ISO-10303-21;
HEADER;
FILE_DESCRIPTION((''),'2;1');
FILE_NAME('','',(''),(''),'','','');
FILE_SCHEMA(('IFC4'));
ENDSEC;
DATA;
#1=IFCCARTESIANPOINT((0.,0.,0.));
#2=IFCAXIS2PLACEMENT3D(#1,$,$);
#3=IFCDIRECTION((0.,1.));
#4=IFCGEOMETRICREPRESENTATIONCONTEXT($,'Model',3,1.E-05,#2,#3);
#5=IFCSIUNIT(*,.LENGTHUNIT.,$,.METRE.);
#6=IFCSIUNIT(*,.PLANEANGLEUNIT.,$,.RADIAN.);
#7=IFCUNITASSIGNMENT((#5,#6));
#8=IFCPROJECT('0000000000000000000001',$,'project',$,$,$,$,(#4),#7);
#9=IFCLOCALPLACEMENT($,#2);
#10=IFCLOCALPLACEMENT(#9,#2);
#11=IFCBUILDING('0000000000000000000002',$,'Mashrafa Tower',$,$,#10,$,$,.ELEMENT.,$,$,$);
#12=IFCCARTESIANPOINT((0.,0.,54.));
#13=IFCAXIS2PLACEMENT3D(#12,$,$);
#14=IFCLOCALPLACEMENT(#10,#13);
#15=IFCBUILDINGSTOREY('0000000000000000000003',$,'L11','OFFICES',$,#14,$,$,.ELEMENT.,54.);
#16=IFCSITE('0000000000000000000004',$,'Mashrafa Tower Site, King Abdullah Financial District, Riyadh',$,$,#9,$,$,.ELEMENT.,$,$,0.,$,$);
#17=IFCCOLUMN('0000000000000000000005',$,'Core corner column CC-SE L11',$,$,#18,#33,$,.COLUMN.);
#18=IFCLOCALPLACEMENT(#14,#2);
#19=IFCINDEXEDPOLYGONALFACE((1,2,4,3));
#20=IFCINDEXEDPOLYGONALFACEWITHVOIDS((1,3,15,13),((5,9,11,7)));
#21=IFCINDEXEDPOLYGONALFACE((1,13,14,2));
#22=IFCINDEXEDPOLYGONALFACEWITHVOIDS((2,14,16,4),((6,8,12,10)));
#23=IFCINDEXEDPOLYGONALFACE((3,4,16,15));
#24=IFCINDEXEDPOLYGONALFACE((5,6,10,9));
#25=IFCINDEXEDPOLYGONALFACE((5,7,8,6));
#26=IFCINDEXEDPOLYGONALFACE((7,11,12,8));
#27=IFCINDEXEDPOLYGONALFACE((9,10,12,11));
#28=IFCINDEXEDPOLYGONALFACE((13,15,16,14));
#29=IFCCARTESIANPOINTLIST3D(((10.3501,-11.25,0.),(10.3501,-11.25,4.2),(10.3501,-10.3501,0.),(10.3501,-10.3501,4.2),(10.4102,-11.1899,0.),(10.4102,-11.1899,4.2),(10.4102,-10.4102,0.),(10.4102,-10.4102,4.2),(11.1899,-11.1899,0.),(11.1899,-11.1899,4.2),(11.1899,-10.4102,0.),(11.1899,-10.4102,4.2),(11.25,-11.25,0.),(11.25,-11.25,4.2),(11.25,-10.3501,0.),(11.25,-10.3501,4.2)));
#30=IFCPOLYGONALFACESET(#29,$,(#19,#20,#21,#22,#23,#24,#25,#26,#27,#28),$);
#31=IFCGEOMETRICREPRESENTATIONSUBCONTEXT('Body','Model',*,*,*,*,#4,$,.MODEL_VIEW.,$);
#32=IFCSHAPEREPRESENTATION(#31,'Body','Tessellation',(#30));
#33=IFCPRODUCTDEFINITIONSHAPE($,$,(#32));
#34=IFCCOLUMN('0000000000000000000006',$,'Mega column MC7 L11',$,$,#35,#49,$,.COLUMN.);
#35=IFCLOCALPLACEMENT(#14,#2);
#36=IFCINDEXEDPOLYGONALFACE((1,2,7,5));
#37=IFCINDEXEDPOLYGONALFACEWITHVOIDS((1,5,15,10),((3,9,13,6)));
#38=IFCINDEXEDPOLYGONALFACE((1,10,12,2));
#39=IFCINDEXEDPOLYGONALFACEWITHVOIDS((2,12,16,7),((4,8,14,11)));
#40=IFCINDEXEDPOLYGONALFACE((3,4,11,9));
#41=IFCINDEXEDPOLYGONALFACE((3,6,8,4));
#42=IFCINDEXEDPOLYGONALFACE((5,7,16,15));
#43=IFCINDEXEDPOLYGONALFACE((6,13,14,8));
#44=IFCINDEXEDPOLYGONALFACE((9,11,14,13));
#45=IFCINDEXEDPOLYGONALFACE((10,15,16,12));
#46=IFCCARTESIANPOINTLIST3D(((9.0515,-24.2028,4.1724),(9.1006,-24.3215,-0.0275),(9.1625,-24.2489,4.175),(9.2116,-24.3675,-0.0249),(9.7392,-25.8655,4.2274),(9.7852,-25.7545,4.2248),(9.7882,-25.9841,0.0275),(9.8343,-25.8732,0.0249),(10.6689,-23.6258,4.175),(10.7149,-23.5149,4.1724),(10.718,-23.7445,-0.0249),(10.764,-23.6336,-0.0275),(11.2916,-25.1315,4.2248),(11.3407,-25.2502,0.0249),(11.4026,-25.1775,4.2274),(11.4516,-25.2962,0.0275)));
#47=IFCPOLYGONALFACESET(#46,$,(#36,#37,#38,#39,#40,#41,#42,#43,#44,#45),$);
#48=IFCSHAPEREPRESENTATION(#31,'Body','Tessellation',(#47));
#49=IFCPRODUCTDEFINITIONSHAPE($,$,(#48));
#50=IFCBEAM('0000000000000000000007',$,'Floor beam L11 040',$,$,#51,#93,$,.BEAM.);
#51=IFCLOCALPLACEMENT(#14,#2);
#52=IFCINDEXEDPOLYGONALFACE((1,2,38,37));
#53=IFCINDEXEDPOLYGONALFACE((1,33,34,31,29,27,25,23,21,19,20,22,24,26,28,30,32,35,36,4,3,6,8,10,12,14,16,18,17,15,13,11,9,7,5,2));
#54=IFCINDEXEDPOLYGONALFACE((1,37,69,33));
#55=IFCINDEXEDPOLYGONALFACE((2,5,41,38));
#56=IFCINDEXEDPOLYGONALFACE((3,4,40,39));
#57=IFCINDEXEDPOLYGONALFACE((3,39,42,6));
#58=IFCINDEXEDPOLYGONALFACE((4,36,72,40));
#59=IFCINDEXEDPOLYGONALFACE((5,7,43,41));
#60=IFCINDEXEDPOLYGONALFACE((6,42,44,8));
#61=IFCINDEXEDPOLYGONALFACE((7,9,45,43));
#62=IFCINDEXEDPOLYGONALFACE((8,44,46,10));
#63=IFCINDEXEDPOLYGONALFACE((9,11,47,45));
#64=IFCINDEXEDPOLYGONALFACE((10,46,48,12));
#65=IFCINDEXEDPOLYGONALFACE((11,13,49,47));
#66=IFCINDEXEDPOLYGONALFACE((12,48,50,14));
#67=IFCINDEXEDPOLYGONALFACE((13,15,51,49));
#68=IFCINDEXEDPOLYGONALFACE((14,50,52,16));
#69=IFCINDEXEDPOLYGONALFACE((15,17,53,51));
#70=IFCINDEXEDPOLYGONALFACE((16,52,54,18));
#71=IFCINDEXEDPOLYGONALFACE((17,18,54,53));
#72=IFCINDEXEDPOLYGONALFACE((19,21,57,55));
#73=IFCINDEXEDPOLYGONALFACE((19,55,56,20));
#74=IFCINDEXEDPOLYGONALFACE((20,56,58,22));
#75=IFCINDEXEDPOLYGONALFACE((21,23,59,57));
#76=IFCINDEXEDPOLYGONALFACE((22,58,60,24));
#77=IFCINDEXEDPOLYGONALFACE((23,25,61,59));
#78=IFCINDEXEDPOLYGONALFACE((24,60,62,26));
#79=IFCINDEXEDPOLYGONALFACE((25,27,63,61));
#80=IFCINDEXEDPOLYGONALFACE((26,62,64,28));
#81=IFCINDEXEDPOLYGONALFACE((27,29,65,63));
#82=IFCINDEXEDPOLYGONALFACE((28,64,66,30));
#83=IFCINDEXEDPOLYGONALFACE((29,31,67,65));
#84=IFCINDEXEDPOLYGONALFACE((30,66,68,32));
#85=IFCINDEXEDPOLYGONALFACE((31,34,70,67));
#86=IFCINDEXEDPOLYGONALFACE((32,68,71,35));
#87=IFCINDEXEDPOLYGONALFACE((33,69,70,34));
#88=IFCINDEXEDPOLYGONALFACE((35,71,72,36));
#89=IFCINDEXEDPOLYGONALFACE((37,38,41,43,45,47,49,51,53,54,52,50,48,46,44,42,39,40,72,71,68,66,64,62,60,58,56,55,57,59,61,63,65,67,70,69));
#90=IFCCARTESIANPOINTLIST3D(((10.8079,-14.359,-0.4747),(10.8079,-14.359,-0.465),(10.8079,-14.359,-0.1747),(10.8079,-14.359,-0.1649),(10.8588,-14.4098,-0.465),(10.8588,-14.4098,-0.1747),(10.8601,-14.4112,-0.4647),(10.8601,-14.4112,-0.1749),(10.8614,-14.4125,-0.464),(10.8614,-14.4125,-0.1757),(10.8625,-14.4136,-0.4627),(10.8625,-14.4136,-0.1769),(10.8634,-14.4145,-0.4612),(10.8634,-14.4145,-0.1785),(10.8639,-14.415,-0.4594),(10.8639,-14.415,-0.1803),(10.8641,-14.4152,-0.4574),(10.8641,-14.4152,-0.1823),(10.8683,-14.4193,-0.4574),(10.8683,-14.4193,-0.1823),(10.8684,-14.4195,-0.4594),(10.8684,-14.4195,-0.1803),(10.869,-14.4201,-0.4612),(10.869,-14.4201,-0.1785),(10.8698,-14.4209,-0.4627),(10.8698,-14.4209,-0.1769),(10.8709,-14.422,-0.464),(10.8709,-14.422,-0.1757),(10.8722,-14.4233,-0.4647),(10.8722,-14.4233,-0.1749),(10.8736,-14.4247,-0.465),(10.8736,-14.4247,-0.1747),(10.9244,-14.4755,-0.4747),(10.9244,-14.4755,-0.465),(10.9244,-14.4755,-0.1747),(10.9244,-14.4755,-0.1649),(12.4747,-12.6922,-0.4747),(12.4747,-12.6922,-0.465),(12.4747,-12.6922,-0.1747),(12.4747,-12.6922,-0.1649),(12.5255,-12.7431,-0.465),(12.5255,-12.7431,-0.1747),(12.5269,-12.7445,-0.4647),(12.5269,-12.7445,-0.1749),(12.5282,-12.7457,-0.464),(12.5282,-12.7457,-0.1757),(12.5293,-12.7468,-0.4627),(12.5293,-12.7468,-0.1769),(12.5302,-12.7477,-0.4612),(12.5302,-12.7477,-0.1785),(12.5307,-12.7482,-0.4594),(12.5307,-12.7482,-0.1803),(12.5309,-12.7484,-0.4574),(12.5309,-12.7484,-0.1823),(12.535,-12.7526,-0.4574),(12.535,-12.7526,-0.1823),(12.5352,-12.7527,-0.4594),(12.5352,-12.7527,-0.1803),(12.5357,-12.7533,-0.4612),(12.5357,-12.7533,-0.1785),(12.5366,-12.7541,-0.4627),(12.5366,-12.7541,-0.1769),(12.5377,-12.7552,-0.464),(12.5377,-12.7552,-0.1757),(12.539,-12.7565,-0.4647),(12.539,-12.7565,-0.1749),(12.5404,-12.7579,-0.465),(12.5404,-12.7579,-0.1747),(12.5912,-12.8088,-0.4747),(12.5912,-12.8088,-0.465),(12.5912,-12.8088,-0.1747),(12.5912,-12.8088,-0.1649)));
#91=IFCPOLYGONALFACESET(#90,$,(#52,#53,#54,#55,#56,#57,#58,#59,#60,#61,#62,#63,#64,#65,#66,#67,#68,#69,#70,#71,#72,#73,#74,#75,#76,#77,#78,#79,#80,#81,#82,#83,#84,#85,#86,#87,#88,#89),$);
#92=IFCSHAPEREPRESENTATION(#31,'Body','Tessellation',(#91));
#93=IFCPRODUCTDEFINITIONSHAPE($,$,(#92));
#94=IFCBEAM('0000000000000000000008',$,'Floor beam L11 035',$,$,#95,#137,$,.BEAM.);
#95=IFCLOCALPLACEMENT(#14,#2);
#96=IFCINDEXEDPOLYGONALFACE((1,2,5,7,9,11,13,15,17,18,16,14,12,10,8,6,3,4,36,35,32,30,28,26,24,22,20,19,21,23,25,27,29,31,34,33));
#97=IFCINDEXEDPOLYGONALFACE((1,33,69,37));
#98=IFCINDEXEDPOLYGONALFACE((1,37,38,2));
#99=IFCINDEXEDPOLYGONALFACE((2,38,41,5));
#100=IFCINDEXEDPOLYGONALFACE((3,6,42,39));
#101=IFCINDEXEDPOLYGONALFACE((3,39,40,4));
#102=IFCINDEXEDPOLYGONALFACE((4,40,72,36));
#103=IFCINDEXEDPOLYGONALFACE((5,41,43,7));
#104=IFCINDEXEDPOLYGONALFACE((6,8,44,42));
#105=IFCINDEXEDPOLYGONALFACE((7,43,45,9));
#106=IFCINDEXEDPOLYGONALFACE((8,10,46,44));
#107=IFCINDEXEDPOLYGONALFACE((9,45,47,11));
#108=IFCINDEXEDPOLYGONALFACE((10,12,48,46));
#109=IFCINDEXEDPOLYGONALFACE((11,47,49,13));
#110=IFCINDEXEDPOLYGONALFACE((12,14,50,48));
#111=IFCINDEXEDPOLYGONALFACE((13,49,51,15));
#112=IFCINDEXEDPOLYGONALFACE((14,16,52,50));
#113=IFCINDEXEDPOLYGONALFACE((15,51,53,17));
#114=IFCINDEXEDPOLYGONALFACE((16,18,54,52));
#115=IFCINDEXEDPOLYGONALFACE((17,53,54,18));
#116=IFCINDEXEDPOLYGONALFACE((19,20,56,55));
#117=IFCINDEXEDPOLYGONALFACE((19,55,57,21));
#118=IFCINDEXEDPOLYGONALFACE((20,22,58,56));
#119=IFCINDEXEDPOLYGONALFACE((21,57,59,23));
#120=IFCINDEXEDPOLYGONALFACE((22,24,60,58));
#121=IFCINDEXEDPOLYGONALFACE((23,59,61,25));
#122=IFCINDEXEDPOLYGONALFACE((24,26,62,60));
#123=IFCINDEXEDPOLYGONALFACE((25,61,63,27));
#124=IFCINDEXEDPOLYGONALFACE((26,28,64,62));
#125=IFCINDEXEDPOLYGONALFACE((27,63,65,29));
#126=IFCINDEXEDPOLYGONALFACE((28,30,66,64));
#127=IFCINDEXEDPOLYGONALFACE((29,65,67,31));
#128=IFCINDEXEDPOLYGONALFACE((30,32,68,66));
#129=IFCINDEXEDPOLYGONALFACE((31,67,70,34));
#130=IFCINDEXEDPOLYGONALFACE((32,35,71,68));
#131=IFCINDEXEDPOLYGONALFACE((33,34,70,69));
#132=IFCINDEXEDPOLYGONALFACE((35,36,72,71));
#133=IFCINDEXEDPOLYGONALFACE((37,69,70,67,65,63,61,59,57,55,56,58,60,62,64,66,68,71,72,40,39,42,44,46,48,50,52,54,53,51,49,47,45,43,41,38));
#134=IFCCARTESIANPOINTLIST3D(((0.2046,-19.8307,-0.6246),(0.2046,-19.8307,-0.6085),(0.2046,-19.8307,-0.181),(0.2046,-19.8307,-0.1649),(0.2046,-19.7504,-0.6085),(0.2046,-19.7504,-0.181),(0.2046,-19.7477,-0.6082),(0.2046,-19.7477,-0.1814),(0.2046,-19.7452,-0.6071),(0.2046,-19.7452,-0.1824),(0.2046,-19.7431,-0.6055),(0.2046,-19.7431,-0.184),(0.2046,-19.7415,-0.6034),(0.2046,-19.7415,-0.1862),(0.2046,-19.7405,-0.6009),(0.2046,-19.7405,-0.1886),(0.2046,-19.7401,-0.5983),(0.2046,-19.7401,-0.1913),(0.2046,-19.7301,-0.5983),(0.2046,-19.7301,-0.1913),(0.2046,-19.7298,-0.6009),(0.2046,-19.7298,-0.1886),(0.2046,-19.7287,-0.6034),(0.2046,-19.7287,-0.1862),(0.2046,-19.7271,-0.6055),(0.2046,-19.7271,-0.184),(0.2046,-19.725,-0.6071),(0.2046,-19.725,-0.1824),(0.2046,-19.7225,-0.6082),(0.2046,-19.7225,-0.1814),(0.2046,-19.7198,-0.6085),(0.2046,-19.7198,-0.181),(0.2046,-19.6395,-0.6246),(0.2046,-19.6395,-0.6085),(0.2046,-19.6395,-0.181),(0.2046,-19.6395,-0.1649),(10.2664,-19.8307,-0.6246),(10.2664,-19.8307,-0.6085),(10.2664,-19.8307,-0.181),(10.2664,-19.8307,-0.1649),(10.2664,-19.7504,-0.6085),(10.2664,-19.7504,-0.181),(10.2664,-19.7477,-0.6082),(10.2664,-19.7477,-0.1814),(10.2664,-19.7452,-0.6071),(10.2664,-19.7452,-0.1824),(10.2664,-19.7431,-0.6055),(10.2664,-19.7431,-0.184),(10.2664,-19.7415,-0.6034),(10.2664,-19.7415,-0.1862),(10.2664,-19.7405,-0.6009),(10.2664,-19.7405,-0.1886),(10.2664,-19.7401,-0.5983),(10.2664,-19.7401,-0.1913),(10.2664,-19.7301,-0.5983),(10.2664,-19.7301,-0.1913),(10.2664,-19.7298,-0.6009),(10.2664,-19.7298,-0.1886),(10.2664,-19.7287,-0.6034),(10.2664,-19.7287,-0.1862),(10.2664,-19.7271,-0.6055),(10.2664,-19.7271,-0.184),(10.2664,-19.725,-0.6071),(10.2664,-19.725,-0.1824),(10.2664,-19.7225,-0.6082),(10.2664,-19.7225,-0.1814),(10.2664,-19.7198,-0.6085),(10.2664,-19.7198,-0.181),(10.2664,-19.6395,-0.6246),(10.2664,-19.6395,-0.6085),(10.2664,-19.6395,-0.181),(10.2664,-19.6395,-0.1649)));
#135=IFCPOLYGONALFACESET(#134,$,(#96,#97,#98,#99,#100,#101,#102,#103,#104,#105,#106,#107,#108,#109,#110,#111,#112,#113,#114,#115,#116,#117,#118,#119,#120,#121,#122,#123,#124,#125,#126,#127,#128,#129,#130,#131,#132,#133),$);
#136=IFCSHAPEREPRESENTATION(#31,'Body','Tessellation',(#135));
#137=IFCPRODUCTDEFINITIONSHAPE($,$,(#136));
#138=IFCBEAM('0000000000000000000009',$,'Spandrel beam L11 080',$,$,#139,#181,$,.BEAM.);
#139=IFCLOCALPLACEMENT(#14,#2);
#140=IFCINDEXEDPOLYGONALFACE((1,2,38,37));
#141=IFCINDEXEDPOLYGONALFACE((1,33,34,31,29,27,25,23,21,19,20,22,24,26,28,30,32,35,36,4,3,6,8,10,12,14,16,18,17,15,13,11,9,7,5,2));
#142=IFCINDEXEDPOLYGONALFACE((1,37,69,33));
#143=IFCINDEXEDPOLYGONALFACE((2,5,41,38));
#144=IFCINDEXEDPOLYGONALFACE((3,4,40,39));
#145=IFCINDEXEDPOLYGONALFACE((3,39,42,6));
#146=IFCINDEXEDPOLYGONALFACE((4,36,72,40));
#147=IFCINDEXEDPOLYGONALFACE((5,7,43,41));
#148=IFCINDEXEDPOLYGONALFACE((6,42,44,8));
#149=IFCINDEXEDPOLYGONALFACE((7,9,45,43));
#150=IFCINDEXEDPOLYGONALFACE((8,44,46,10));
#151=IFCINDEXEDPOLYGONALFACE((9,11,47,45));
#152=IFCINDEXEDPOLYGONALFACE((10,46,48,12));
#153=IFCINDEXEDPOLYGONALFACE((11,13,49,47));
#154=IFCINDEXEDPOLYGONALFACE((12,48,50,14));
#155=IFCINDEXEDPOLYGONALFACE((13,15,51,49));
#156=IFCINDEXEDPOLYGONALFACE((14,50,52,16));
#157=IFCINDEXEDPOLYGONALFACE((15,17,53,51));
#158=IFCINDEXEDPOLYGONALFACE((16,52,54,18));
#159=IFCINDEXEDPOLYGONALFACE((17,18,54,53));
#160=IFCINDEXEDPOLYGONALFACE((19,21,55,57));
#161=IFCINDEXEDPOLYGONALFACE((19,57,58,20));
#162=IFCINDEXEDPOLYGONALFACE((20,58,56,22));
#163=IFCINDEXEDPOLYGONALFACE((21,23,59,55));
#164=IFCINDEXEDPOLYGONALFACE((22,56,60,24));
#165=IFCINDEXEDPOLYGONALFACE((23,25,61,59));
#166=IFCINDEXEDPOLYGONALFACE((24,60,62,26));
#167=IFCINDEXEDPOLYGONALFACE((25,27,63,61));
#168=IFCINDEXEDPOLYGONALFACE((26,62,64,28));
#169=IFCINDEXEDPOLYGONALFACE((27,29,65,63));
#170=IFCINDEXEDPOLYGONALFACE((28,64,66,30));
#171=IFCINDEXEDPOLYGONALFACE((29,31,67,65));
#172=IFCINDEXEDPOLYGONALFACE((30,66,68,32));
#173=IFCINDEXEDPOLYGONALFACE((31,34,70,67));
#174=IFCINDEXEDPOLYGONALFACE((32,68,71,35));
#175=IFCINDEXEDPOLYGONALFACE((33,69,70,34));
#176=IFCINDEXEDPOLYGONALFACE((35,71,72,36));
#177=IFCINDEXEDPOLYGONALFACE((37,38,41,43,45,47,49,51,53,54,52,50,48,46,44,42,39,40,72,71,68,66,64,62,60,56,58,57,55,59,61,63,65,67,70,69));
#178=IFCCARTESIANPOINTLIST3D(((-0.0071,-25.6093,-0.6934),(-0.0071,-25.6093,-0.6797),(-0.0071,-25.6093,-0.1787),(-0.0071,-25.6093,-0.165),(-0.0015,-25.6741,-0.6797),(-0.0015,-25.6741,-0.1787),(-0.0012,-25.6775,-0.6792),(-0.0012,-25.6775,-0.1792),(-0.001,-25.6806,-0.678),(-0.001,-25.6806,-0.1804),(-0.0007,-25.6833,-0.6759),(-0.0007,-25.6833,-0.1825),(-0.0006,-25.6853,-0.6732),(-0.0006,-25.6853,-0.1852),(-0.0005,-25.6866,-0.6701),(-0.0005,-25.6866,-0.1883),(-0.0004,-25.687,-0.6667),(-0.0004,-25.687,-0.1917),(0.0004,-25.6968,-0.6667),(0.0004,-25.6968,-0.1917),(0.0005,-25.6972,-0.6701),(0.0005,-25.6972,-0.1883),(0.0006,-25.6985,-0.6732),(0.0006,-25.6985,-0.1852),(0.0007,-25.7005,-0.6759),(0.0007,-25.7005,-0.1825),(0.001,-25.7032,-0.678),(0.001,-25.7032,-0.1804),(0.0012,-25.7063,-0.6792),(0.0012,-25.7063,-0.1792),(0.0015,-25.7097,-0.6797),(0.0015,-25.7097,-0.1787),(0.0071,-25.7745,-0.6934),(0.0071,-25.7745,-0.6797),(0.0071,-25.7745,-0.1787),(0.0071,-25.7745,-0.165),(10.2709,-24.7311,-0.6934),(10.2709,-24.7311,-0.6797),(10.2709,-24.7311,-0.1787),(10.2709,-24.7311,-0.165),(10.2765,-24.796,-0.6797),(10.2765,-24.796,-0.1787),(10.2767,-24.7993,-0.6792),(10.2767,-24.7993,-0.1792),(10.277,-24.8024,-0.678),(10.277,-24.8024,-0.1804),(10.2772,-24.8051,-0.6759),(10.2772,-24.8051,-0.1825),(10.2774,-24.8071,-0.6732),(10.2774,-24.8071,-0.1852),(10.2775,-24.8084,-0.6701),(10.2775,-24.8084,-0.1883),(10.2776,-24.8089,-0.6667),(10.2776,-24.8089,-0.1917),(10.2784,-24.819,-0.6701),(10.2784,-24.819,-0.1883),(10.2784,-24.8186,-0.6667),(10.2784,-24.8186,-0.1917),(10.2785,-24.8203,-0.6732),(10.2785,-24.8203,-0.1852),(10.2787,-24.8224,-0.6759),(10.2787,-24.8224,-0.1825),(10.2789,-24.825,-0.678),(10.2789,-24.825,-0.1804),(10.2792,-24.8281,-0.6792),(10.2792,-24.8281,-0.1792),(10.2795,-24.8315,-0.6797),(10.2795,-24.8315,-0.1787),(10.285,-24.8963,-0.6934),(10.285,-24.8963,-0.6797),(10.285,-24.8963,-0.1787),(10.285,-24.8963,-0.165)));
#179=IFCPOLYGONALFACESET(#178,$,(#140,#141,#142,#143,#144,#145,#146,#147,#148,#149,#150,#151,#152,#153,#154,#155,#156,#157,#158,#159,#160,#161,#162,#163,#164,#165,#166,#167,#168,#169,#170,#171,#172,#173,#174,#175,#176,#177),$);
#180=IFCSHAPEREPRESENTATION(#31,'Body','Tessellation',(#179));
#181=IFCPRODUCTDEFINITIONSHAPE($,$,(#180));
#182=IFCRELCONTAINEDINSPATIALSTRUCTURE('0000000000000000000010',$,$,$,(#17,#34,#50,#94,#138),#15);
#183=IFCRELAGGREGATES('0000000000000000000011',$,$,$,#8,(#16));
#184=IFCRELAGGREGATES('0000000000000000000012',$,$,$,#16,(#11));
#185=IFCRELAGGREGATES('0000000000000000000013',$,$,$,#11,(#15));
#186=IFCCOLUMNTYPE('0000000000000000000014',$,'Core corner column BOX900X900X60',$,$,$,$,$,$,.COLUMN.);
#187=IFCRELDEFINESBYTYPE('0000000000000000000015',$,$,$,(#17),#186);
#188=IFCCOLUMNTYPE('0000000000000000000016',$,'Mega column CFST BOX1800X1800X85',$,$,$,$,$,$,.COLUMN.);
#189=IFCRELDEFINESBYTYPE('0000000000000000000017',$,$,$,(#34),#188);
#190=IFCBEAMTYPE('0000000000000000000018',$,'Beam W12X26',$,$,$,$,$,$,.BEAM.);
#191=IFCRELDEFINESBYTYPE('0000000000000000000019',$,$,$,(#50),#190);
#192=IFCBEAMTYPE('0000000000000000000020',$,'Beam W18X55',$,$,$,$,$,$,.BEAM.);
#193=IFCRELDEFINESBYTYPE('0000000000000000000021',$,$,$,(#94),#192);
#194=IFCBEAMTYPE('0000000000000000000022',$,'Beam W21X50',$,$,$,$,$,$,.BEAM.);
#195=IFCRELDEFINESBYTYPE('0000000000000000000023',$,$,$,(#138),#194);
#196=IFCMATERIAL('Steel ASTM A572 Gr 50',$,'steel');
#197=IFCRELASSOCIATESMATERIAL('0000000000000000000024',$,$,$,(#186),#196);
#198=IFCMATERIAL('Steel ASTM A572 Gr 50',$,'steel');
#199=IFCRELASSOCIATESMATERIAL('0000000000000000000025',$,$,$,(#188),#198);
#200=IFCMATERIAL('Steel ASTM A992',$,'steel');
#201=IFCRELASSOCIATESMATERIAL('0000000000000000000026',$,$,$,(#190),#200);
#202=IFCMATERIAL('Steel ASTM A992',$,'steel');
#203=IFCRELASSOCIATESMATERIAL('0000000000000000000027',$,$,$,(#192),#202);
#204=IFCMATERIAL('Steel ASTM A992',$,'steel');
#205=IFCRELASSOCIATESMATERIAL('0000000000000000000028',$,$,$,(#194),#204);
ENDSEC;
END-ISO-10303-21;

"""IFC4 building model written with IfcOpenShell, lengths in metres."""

from ifc_helpers import new_model, si_unit, direction, frame, origin, origin_2d, place, context, subcontext, project, spatial, hollow_rectangle, i_section, extrude, material, material_profile, profile_set, type_object, element, save


model = new_model("IFC4")

# Units and contexts
model_context = context("Model", 3, precision=1e-05, world=origin(), true_north=direction((0.0, 1.0)))
body_context = subcontext(model_context, "Body", "Model", "MODEL_VIEW")
ifc_project = project(units=[si_unit("LENGTHUNIT", "METRE"), si_unit("PLANEANGLEUNIT", "RADIAN")], contexts=[model_context])

# Site, building, storey
site_placement = place(None, origin())
site = spatial("IfcSite", under=ifc_project, at=site_placement, Name="Mashrafa Tower Site, King Abdullah Financial District, Riyadh", CompositionType="ELEMENT", RefElevation=0.0)
building_placement = place(site_placement, origin())
building = spatial("IfcBuilding", under=site, at=building_placement, Name="Mashrafa Tower", CompositionType="ELEMENT")
storey_placement = place(building_placement, frame((0.0, 0.0, 54.0)))
storey = spatial("IfcBuildingStorey", under=building, at=storey_placement, Name="L11", Description="OFFICES", CompositionType="ELEMENT", Elevation=54.0)

# Columns
ifc_material_1 = material(Name="Steel ASTM A572 Gr 50", Category="steel")
ifc_material_profile_1 = material_profile(ifc_material_1, hollow_rectangle(XDim=0.8999, YDim=0.8999, WallThickness=0.0601, at=origin_2d()), Name="BOX900X900X60")
ifc_profile_set_1 = profile_set([ifc_material_profile_1], Name="Steel ASTM A572 Gr 50")
column_type_1 = type_object("IfcColumnType", Name="Core corner column BOX900X900X60", PredefinedType="COLUMN", material=ifc_profile_set_1)
column_1_placement = place(storey_placement, frame((10.8, -10.8, 0.0), z_axis=(0.0, 0.0, 1.0), x_axis=(1.0, 0.0, 0.0)))
element("IfcColumn", 1, at=column_1_placement, inside=storey, type_object=column_type_1, Name="Core corner column CC-SE L11", PredefinedType="COLUMN", context=body_context, shape_type="SweptSolid", body=[
    extrude(hollow_rectangle(XDim=0.8999, YDim=0.8999, WallThickness=0.0601, at=origin_2d()), origin(), (0.0, 0.0, 1.0), 4.2),
])
ifc_material_2 = material(Name="Steel ASTM A572 Gr 50", Category="steel")
ifc_material_profile_2 = material_profile(ifc_material_2, hollow_rectangle(XDim=1.8, YDim=1.8, WallThickness=0.085, at=origin_2d()), Name="BOX1800X1800X85")
ifc_profile_set_2 = profile_set([ifc_material_profile_2], Name="Steel ASTM A572 Gr 50")
column_type_2 = type_object("IfcColumnType", Name="Mega column CFST BOX1800X1800X85", PredefinedType="COLUMN", material=ifc_profile_set_2)
column_2_placement = place(storey_placement, frame((10.2761, -24.8088, 0.0), z_axis=(-0.011679, 0.028238, 0.999533), x_axis=(-0.924086, -0.382184, 0.0)))
element("IfcColumn", 2, at=column_2_placement, inside=storey, type_object=column_type_2, Name="Mega column MC7 L11", PredefinedType="COLUMN", context=body_context, shape_type="SweptSolid", body=[
    extrude(hollow_rectangle(XDim=1.8, YDim=1.8, WallThickness=0.085, at=origin_2d()), origin(), (0.0, 0.0, 1.0), 4.2019),
])

# Beams
ifc_material_3 = material(Name="Steel ASTM A992", Category="steel")
ifc_material_profile_3 = material_profile(ifc_material_3, i_section(OverallWidth=0.1648, OverallDepth=0.3098, WebThickness=0.0059, FlangeThickness=0.0098, FilletRadius=0.0076, at=origin_2d()), Name="W12X26")
ifc_profile_set_3 = profile_set([ifc_material_profile_3], Name="Steel ASTM A992")
beam_type_1 = type_object("IfcBeamType", Name="Beam W12X26", PredefinedType="BEAM", material=ifc_profile_set_3)
beam_1_placement = place(storey_placement, frame((12.533, -12.7505, -0.3198), z_axis=(-0.707107, -0.707107, 0.0), x_axis=(0.707107, -0.707107, 0.0)))
element("IfcBeam", 3, at=beam_1_placement, inside=storey, type_object=beam_type_1, Name="Floor beam L11 040", PredefinedType="BEAM", context=body_context, shape_type="SweptSolid", body=[
    extrude(i_section(OverallWidth=0.1648, OverallDepth=0.3098, WebThickness=0.0059, FlangeThickness=0.0098, FilletRadius=0.0076, at=origin_2d()), origin(), (0.0, 0.0, 1.0), 2.3572),
])
ifc_material_4 = material(Name="Steel ASTM A992", Category="steel")
ifc_material_profile_4 = material_profile(ifc_material_4, i_section(OverallWidth=0.1912, OverallDepth=0.4597, WebThickness=0.01, FlangeThickness=0.0161, FilletRadius=0.0103, at=origin_2d()), Name="W18X55")
ifc_profile_set_4 = profile_set([ifc_material_profile_4], Name="Steel ASTM A992")
beam_type_2 = type_object("IfcBeamType", Name="Beam W18X55", PredefinedType="BEAM", material=ifc_profile_set_4)
beam_2_placement = place(storey_placement, frame((10.2664, -19.7351, -0.3948), z_axis=(-1.0, 0.0, 0.0), x_axis=(0.0, -1.0, 0.0)))
element("IfcBeam", 4, at=beam_2_placement, inside=storey, type_object=beam_type_2, Name="Floor beam L11 035", PredefinedType="BEAM", context=body_context, shape_type="SweptSolid", body=[
    extrude(i_section(OverallWidth=0.1912, OverallDepth=0.4597, WebThickness=0.01, FlangeThickness=0.0161, FilletRadius=0.0103, at=origin_2d()), origin(), (0.0, 0.0, 1.0), 10.0618),
])
ifc_material_5 = material(Name="Steel ASTM A992", Category="steel")
ifc_material_profile_5 = material_profile(ifc_material_5, i_section(OverallWidth=0.1658, OverallDepth=0.5283, WebThickness=0.0098, FlangeThickness=0.0137, FilletRadius=0.0129, at=origin_2d()), Name="W21X50")
ifc_profile_set_5 = profile_set([ifc_material_profile_5], Name="Steel ASTM A992")
beam_type_3 = type_object("IfcBeamType", Name="Beam W21X50", PredefinedType="BEAM", material=ifc_profile_set_5)
beam_3_placement = place(storey_placement, frame((0.0, -25.6919, -0.4292), z_axis=(0.99637, 0.085131, 0.0), x_axis=(-0.085131, 0.99637, 0.0)))
element("IfcBeam", 5, at=beam_3_placement, inside=storey, type_object=beam_type_3, Name="Spandrel beam L11 080", PredefinedType="BEAM", context=body_context, shape_type="SweptSolid", body=[
    extrude(i_section(OverallWidth=0.1658, OverallDepth=0.5283, WebThickness=0.0098, FlangeThickness=0.0137, FilletRadius=0.0129, at=origin_2d()), origin(), (0.0, 0.0, 1.0), 10.3154),
])

save(model, "model.ifc")
